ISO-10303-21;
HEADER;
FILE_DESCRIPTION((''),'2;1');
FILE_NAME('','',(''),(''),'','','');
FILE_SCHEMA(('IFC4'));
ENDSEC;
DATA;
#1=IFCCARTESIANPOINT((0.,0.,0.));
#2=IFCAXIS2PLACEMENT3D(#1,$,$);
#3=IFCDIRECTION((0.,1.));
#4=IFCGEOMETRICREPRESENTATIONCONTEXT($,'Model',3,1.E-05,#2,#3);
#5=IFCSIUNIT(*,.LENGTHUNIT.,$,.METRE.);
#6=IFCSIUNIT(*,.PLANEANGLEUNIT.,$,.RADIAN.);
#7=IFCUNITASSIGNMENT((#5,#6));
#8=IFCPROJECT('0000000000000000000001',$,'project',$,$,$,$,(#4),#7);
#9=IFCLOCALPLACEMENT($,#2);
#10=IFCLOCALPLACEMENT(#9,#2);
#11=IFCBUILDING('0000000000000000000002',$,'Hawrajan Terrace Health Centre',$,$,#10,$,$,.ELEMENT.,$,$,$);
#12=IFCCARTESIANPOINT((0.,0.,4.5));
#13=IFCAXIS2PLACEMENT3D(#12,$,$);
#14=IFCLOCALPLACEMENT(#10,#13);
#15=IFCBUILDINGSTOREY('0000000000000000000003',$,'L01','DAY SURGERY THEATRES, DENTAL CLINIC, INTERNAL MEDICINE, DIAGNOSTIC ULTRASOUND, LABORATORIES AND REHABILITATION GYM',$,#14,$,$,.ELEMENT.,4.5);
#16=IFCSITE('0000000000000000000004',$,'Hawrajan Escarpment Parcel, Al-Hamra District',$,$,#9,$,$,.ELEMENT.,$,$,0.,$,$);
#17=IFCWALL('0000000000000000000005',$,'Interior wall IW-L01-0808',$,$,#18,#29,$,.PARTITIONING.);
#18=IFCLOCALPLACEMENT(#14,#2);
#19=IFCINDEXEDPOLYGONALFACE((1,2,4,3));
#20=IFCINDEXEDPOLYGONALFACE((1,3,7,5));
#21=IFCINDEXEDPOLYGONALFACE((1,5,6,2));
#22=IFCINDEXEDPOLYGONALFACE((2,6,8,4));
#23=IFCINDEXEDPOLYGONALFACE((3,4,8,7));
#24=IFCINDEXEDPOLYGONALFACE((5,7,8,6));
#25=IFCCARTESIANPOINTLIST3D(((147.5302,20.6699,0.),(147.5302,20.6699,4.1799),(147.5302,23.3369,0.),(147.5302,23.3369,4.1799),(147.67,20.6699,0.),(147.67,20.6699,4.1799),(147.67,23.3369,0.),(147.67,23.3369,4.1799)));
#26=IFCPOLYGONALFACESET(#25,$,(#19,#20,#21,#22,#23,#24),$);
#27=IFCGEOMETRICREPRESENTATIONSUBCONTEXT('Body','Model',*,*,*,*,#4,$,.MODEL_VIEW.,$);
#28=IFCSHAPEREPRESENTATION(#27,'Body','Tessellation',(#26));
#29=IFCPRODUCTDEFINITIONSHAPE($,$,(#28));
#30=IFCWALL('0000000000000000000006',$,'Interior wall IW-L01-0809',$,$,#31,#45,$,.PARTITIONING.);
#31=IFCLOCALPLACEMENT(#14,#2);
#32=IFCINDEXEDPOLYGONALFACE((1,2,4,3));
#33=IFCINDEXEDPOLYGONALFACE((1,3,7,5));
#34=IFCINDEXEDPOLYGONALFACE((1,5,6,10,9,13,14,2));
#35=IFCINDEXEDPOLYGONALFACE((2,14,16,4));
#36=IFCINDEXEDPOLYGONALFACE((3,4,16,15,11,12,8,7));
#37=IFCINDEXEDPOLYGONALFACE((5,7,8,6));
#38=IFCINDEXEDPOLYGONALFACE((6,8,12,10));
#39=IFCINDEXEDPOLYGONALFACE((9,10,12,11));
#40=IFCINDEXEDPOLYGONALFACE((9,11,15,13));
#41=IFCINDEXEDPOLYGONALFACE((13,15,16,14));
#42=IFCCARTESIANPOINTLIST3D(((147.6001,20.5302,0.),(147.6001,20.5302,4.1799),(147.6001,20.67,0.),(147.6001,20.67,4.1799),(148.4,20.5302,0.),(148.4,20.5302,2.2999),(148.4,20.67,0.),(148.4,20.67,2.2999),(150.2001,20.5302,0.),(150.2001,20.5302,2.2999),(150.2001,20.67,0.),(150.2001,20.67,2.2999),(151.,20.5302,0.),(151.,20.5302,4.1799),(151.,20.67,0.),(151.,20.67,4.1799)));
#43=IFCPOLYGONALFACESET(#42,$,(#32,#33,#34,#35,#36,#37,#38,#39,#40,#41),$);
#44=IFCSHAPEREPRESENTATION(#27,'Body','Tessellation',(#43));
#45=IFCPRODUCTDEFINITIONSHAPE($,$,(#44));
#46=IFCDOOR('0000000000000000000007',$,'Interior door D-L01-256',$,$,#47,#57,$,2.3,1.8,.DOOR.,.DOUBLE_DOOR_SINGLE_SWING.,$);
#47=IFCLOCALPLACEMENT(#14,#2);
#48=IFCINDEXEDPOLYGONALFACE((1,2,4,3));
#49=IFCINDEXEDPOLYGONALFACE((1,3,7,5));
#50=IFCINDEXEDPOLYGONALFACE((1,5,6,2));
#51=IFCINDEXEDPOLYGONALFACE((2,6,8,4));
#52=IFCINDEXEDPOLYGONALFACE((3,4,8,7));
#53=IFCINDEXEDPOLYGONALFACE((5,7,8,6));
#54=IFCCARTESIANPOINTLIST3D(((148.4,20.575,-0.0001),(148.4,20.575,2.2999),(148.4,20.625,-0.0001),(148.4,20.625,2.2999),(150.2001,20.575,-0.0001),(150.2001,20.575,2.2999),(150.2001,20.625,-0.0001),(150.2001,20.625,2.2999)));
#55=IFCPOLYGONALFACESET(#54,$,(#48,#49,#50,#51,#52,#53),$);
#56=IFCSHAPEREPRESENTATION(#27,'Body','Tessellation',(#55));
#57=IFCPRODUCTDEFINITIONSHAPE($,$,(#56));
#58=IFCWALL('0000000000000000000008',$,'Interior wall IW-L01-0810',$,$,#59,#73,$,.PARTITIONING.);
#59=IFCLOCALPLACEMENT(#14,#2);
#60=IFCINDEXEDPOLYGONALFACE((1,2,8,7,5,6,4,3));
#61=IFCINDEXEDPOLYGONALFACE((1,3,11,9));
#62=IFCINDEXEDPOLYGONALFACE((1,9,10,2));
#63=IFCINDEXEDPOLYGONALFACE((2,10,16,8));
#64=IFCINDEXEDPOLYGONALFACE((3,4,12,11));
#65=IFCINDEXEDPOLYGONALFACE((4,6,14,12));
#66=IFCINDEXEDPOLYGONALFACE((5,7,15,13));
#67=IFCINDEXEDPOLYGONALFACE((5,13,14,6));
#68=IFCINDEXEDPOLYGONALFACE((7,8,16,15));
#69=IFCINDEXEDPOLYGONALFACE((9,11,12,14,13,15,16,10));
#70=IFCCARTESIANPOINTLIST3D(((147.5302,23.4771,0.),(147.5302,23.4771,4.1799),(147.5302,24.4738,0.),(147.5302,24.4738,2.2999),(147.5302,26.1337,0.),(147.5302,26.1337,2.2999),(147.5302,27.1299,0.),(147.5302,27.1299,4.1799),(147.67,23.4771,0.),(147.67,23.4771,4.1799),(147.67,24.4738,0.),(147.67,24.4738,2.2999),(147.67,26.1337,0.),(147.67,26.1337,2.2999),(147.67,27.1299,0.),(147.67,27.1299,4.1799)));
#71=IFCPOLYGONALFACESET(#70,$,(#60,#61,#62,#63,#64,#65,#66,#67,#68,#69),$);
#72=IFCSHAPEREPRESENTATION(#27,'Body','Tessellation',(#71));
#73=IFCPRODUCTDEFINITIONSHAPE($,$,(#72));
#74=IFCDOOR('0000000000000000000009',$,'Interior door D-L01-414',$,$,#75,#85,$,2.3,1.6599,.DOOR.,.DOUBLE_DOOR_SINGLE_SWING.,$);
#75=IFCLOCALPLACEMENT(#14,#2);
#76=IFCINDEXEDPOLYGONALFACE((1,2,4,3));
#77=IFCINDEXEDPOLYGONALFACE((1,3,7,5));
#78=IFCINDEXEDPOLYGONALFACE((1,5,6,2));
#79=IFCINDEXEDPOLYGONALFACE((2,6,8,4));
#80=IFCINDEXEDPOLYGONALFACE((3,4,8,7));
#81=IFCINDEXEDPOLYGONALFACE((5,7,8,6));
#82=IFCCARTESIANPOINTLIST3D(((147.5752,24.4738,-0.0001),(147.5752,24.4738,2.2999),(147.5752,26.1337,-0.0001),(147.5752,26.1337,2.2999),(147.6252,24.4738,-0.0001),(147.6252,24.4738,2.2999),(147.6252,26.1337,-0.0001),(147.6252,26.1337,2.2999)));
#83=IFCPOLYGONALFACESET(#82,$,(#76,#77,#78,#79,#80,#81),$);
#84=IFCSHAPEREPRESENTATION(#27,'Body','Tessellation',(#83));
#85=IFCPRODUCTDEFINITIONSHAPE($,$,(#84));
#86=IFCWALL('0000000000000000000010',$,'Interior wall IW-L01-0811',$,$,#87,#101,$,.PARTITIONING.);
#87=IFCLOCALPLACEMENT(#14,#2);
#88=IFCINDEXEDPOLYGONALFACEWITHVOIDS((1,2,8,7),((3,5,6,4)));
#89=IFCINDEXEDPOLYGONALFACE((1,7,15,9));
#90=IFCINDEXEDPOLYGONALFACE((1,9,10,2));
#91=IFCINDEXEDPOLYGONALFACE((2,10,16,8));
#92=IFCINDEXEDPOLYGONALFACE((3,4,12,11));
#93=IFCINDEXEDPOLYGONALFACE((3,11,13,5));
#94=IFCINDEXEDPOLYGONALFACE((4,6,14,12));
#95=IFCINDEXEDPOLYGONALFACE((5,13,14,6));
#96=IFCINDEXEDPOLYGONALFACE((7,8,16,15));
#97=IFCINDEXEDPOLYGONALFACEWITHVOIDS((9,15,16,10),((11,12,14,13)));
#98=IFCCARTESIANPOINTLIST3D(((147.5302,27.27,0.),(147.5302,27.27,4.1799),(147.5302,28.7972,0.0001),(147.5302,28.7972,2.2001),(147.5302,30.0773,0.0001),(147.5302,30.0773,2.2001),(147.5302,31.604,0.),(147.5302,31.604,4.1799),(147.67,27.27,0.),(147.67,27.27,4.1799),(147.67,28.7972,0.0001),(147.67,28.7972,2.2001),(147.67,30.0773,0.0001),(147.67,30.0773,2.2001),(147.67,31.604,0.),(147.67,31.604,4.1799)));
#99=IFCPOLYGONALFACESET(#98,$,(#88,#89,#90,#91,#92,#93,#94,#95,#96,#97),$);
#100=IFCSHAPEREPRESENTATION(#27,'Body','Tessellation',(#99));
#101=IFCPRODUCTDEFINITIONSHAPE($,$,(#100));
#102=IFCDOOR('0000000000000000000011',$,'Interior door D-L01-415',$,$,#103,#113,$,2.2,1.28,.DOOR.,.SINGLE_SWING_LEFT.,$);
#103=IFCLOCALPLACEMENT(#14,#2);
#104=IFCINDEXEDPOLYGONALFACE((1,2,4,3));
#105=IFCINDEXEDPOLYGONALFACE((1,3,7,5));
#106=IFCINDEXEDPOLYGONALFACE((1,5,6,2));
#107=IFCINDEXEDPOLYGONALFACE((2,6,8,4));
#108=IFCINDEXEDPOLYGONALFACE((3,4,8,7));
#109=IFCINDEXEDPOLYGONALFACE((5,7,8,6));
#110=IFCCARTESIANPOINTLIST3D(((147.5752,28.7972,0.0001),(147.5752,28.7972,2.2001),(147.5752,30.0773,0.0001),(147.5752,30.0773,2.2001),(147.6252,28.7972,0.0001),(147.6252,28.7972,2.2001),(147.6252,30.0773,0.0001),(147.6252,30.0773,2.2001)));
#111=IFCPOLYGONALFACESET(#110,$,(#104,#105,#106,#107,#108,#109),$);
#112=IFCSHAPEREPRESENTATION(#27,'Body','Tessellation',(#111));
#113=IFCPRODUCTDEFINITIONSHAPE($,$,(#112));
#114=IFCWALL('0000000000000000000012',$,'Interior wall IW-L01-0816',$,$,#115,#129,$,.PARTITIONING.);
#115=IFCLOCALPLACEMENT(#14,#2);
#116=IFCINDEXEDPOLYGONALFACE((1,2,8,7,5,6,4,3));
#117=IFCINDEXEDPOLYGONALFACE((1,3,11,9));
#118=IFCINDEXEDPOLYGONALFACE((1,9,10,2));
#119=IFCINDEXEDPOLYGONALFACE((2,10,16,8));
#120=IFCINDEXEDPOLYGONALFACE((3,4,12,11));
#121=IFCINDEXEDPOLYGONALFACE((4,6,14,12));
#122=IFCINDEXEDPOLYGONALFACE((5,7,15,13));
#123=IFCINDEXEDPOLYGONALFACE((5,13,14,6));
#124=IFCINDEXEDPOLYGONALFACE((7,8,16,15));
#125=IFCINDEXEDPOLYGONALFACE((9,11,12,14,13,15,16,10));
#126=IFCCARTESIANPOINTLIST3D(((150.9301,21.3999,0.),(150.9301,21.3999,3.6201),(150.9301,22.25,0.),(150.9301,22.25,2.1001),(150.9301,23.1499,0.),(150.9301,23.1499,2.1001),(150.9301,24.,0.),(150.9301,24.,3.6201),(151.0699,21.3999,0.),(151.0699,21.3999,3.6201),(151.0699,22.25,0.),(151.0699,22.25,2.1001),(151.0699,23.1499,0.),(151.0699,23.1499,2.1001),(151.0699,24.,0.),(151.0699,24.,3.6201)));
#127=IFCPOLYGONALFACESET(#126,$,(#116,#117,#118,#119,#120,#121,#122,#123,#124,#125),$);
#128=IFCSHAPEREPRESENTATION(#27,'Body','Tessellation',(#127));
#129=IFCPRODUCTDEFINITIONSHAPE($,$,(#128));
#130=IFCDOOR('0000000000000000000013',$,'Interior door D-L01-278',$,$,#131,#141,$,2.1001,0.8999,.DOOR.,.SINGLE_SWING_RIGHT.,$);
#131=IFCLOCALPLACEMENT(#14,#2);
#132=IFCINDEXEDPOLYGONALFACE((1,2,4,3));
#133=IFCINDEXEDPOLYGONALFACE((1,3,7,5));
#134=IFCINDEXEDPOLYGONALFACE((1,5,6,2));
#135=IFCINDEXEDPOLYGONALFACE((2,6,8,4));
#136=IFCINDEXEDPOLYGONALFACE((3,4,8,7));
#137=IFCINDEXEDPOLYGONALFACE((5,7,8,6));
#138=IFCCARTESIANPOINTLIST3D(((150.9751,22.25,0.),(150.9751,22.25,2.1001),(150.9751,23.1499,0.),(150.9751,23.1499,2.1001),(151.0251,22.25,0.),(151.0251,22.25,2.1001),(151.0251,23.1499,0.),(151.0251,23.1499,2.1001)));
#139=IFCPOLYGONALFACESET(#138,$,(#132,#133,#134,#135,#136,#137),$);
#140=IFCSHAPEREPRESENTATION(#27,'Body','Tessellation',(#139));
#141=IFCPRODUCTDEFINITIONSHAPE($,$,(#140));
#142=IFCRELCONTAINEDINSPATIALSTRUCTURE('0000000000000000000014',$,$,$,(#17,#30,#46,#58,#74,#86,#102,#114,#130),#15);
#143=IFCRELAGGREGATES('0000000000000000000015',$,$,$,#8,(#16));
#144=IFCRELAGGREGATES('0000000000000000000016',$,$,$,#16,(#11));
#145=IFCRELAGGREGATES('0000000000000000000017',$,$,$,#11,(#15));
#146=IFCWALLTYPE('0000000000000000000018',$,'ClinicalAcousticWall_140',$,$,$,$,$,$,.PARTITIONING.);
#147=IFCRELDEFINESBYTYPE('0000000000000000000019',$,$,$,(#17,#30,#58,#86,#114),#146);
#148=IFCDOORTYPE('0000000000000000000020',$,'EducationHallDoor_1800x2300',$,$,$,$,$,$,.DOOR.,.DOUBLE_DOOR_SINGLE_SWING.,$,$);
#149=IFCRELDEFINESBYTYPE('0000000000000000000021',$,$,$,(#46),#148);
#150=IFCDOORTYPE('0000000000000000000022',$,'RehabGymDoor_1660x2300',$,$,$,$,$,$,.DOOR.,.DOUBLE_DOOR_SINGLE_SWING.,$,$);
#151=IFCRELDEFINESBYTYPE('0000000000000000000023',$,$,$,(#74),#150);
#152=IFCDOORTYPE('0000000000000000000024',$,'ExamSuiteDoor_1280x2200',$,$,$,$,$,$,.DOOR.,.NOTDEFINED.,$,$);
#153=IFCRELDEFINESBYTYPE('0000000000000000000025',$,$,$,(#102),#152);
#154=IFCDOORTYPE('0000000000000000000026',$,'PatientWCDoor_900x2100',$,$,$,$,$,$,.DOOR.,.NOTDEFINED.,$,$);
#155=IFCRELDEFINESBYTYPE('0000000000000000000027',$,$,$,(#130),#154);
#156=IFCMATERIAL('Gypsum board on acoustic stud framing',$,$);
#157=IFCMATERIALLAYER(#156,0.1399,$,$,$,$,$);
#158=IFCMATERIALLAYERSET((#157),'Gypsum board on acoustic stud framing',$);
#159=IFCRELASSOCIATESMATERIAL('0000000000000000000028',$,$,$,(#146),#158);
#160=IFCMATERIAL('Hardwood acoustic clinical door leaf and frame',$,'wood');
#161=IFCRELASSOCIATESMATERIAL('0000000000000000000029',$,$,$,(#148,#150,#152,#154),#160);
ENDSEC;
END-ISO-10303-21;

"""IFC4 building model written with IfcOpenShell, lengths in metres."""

from ifc_helpers import new_model, si_unit, direction, frame, frame_2d, origin, place, context, subcontext, project, spatial, rectangle, extrude, material, layer, layer_set, type_object, element, fill, save


model = new_model("IFC4")

# Units and contexts
model_context = context("Model", 3, precision=1e-05, world=origin(), true_north=direction((0.0, 1.0)))
body_context = subcontext(model_context, "Body", "Model", "MODEL_VIEW")
ifc_project = project(units=[si_unit("LENGTHUNIT", "METRE"), si_unit("PLANEANGLEUNIT", "RADIAN")], contexts=[model_context])

# Site, building, storey
site_placement = place(None, origin())
site = spatial("IfcSite", under=ifc_project, at=site_placement, Name="Hawrajan Escarpment Parcel, Al-Hamra District", CompositionType="ELEMENT", RefElevation=0.0)
building_placement = place(site_placement, origin())
building = spatial("IfcBuilding", under=site, at=building_placement, Name="Hawrajan Terrace Health Centre", CompositionType="ELEMENT")
storey_placement = place(building_placement, frame((0.0, 0.0, 4.5)))
storey = spatial("IfcBuildingStorey", under=building, at=storey_placement, Name="L01", Description="DAY SURGERY THEATRES, DENTAL CLINIC, INTERNAL MEDICINE, DIAGNOSTIC ULTRASOUND, LABORATORIES AND REHABILITATION GYM", CompositionType="ELEMENT", Elevation=4.5)

# Wall
ifc_material_1 = material(Name="Gypsum board on acoustic stud framing")
ifc_layer_1 = layer(ifc_material_1, 0.1399)
ifc_layer_set_1 = layer_set([ifc_layer_1], Name="Gypsum board on acoustic stud framing")
wall_type_1 = type_object("IfcWallType", Name="ClinicalAcousticWall_140", PredefinedType="PARTITIONING", material=ifc_layer_set_1)
wall_1_placement = place(storey_placement, frame((147.6001, 20.6699, 0.0), z_axis=(0.0, 0.0, 1.0), x_axis=(0.0, 1.0, 0.0)))
element("IfcWall", 1, at=wall_1_placement, inside=storey, type_object=wall_type_1, Name="Interior wall IW-L01-0808", PredefinedType="PARTITIONING", context=body_context, shape_type="SweptSolid", body=[
    extrude(rectangle(XDim=2.667, YDim=0.1399, at=frame_2d((1.3335, 0.0))), origin(), (0.0, 0.0, 1.0), 4.1799),
])

# Walls, openings, doors
wall_2_placement = place(storey_placement, frame((147.6001, 20.6001, 0.0), z_axis=(0.0, 0.0, 1.0), x_axis=(1.0, 0.0, 0.0)))
wall_2 = element("IfcWall", 2, at=wall_2_placement, inside=storey, type_object=wall_type_1, Name="Interior wall IW-L01-0809", PredefinedType="PARTITIONING", context=body_context, shape_type="SweptSolid", body=[
    extrude(rectangle(XDim=3.3999, YDim=0.1399, at=frame_2d((1.7, 0.0))), origin(), (0.0, 0.0, 1.0), 4.1799),
])
opening_1_placement = place(wall_2_placement, frame((0.8, 0.0, 0.0)))
opening_1 = element("IfcOpeningElement", 3, at=opening_1_placement, cuts=wall_2, PredefinedType="OPENING", context=body_context, shape_type="SweptSolid", body=[
    extrude(rectangle(XDim=1.8, YDim=2.3, at=frame_2d((0.8999, 1.1499))), frame((0.0, 0.0798, 0.0), z_axis=(0.0, -1.0, 0.0), x_axis=(1.0, 0.0, 0.0)), (0.0, 0.0, 1.0), 0.1599),
])
ifc_material_2 = material(Name="Hardwood acoustic clinical door leaf and frame", Category="wood")
door_type_1 = type_object("IfcDoorType", Name="EducationHallDoor_1800x2300", OperationType="DOUBLE_DOOR_SINGLE_SWING", PredefinedType="DOOR", material=ifc_material_2)
door_1_placement = place(opening_1_placement, origin())
door_1 = element("IfcDoor", 4, at=door_1_placement, inside=storey, type_object=door_type_1, Name="Interior door D-L01-256", OperationType="DOUBLE_DOOR_SINGLE_SWING", OverallHeight=2.3, OverallWidth=1.8, PredefinedType="DOOR", context=body_context, shape_type="SweptSolid", body=[
    extrude(rectangle(XDim=1.8, YDim=2.3, at=frame_2d((0.8999, 1.1499))), frame((0.0, 0.0249, 0.0), z_axis=(0.0, -1.0, 0.0), x_axis=(1.0, 0.0, 0.0)), (0.0, 0.0, 1.0), 0.05),
])
fill(opening_1, door_1)
wall_3_placement = place(storey_placement, frame((147.6001, 23.4771, 0.0), z_axis=(0.0, 0.0, 1.0), x_axis=(0.0, 1.0, 0.0)))
wall_3 = element("IfcWall", 5, at=wall_3_placement, inside=storey, type_object=wall_type_1, Name="Interior wall IW-L01-0810", PredefinedType="PARTITIONING", context=body_context, shape_type="SweptSolid", body=[
    extrude(rectangle(XDim=3.6528, YDim=0.1399, at=frame_2d((1.8264, 0.0))), origin(), (0.0, 0.0, 1.0), 4.1799),
])
opening_2_placement = place(wall_3_placement, frame((0.9966, 0.0, 0.0)))
opening_2 = element("IfcOpeningElement", 6, at=opening_2_placement, cuts=wall_3, PredefinedType="OPENING", context=body_context, shape_type="SweptSolid", body=[
    extrude(rectangle(XDim=1.6599, YDim=2.3, at=frame_2d((0.8301, 1.1499))), frame((0.0, 0.0798, 0.0), z_axis=(0.0, -1.0, 0.0), x_axis=(1.0, 0.0, 0.0)), (0.0, 0.0, 1.0), 0.1599),
])
door_type_2 = type_object("IfcDoorType", Name="RehabGymDoor_1660x2300", OperationType="DOUBLE_DOOR_SINGLE_SWING", PredefinedType="DOOR", material=ifc_material_2)
door_2_placement = place(opening_2_placement, origin())
door_2 = element("IfcDoor", 7, at=door_2_placement, inside=storey, type_object=door_type_2, Name="Interior door D-L01-414", OperationType="DOUBLE_DOOR_SINGLE_SWING", OverallHeight=2.3, OverallWidth=1.6599, PredefinedType="DOOR", context=body_context, shape_type="SweptSolid", body=[
    extrude(rectangle(XDim=1.6599, YDim=2.3, at=frame_2d((0.8301, 1.1499))), frame((0.0, 0.0249, 0.0), z_axis=(0.0, -1.0, 0.0), x_axis=(1.0, 0.0, 0.0)), (0.0, 0.0, 1.0), 0.05),
])
fill(opening_2, door_2)
wall_4_placement = place(storey_placement, frame((147.6001, 27.27, 0.0), z_axis=(0.0, 0.0, 1.0), x_axis=(0.0, 1.0, 0.0)))
wall_4 = element("IfcWall", 8, at=wall_4_placement, inside=storey, type_object=wall_type_1, Name="Interior wall IW-L01-0811", PredefinedType="PARTITIONING", context=body_context, shape_type="SweptSolid", body=[
    extrude(rectangle(XDim=4.334, YDim=0.1399, at=frame_2d((2.167, 0.0))), origin(), (0.0, 0.0, 1.0), 4.1799),
])
opening_3_placement = place(wall_4_placement, frame((1.5271, 0.0, 0.0)))
opening_3 = element("IfcOpeningElement", 9, at=opening_3_placement, cuts=wall_4, PredefinedType="OPENING", context=body_context, shape_type="SweptSolid", body=[
    extrude(rectangle(XDim=1.28, YDim=2.2, at=frame_2d((0.6401, 1.1001))), frame((0.0, 0.0798, 0.0), z_axis=(0.0, -1.0, 0.0), x_axis=(1.0, 0.0, 0.0)), (0.0, 0.0, 1.0), 0.1599),
])
door_type_3 = type_object("IfcDoorType", Name="ExamSuiteDoor_1280x2200", OperationType="NOTDEFINED", PredefinedType="DOOR", material=ifc_material_2)
door_3_placement = place(opening_3_placement, origin())
door_3 = element("IfcDoor", 10, at=door_3_placement, inside=storey, type_object=door_type_3, Name="Interior door D-L01-415", OperationType="SINGLE_SWING_LEFT", OverallHeight=2.2, OverallWidth=1.28, PredefinedType="DOOR", context=body_context, shape_type="SweptSolid", body=[
    extrude(rectangle(XDim=1.28, YDim=2.2, at=frame_2d((0.6401, 1.1001))), frame((0.0, 0.0249, 0.0), z_axis=(0.0, -1.0, 0.0), x_axis=(1.0, 0.0, 0.0)), (0.0, 0.0, 1.0), 0.05),
])
fill(opening_3, door_3)
wall_5_placement = place(storey_placement, frame((151.0, 21.3999, 0.0), z_axis=(0.0, 0.0, 1.0), x_axis=(0.0, 1.0, 0.0)))
wall_5 = element("IfcWall", 11, at=wall_5_placement, inside=storey, type_object=wall_type_1, Name="Interior wall IW-L01-0816", PredefinedType="PARTITIONING", context=body_context, shape_type="SweptSolid", body=[
    extrude(rectangle(XDim=2.6001, YDim=0.1399, at=frame_2d((1.3, 0.0))), origin(), (0.0, 0.0, 1.0), 3.6201),
])
opening_4_placement = place(wall_5_placement, frame((0.8501, 0.0, 0.0)))
opening_4 = element("IfcOpeningElement", 12, at=opening_4_placement, cuts=wall_5, PredefinedType="OPENING", context=body_context, shape_type="SweptSolid", body=[
    extrude(rectangle(XDim=0.8999, YDim=2.1001, at=frame_2d((0.45, 1.05))), frame((0.0, 0.0798, 0.0), z_axis=(0.0, -1.0, 0.0), x_axis=(1.0, 0.0, 0.0)), (0.0, 0.0, 1.0), 0.1599),
])
door_type_4 = type_object("IfcDoorType", Name="PatientWCDoor_900x2100", OperationType="NOTDEFINED", PredefinedType="DOOR", material=ifc_material_2)
door_4_placement = place(opening_4_placement, origin())
door_4 = element("IfcDoor", 13, at=door_4_placement, inside=storey, type_object=door_type_4, Name="Interior door D-L01-278", OperationType="SINGLE_SWING_RIGHT", OverallHeight=2.1001, OverallWidth=0.8999, PredefinedType="DOOR", context=body_context, shape_type="SweptSolid", body=[
    extrude(rectangle(XDim=0.8999, YDim=2.1001, at=frame_2d((0.45, 1.05))), frame((0.0, 0.0249, 0.0), z_axis=(0.0, -1.0, 0.0), x_axis=(1.0, 0.0, 0.0)), (0.0, 0.0, 1.0), 0.05),
])
fill(opening_4, door_4)

save(model, "model.ifc")
